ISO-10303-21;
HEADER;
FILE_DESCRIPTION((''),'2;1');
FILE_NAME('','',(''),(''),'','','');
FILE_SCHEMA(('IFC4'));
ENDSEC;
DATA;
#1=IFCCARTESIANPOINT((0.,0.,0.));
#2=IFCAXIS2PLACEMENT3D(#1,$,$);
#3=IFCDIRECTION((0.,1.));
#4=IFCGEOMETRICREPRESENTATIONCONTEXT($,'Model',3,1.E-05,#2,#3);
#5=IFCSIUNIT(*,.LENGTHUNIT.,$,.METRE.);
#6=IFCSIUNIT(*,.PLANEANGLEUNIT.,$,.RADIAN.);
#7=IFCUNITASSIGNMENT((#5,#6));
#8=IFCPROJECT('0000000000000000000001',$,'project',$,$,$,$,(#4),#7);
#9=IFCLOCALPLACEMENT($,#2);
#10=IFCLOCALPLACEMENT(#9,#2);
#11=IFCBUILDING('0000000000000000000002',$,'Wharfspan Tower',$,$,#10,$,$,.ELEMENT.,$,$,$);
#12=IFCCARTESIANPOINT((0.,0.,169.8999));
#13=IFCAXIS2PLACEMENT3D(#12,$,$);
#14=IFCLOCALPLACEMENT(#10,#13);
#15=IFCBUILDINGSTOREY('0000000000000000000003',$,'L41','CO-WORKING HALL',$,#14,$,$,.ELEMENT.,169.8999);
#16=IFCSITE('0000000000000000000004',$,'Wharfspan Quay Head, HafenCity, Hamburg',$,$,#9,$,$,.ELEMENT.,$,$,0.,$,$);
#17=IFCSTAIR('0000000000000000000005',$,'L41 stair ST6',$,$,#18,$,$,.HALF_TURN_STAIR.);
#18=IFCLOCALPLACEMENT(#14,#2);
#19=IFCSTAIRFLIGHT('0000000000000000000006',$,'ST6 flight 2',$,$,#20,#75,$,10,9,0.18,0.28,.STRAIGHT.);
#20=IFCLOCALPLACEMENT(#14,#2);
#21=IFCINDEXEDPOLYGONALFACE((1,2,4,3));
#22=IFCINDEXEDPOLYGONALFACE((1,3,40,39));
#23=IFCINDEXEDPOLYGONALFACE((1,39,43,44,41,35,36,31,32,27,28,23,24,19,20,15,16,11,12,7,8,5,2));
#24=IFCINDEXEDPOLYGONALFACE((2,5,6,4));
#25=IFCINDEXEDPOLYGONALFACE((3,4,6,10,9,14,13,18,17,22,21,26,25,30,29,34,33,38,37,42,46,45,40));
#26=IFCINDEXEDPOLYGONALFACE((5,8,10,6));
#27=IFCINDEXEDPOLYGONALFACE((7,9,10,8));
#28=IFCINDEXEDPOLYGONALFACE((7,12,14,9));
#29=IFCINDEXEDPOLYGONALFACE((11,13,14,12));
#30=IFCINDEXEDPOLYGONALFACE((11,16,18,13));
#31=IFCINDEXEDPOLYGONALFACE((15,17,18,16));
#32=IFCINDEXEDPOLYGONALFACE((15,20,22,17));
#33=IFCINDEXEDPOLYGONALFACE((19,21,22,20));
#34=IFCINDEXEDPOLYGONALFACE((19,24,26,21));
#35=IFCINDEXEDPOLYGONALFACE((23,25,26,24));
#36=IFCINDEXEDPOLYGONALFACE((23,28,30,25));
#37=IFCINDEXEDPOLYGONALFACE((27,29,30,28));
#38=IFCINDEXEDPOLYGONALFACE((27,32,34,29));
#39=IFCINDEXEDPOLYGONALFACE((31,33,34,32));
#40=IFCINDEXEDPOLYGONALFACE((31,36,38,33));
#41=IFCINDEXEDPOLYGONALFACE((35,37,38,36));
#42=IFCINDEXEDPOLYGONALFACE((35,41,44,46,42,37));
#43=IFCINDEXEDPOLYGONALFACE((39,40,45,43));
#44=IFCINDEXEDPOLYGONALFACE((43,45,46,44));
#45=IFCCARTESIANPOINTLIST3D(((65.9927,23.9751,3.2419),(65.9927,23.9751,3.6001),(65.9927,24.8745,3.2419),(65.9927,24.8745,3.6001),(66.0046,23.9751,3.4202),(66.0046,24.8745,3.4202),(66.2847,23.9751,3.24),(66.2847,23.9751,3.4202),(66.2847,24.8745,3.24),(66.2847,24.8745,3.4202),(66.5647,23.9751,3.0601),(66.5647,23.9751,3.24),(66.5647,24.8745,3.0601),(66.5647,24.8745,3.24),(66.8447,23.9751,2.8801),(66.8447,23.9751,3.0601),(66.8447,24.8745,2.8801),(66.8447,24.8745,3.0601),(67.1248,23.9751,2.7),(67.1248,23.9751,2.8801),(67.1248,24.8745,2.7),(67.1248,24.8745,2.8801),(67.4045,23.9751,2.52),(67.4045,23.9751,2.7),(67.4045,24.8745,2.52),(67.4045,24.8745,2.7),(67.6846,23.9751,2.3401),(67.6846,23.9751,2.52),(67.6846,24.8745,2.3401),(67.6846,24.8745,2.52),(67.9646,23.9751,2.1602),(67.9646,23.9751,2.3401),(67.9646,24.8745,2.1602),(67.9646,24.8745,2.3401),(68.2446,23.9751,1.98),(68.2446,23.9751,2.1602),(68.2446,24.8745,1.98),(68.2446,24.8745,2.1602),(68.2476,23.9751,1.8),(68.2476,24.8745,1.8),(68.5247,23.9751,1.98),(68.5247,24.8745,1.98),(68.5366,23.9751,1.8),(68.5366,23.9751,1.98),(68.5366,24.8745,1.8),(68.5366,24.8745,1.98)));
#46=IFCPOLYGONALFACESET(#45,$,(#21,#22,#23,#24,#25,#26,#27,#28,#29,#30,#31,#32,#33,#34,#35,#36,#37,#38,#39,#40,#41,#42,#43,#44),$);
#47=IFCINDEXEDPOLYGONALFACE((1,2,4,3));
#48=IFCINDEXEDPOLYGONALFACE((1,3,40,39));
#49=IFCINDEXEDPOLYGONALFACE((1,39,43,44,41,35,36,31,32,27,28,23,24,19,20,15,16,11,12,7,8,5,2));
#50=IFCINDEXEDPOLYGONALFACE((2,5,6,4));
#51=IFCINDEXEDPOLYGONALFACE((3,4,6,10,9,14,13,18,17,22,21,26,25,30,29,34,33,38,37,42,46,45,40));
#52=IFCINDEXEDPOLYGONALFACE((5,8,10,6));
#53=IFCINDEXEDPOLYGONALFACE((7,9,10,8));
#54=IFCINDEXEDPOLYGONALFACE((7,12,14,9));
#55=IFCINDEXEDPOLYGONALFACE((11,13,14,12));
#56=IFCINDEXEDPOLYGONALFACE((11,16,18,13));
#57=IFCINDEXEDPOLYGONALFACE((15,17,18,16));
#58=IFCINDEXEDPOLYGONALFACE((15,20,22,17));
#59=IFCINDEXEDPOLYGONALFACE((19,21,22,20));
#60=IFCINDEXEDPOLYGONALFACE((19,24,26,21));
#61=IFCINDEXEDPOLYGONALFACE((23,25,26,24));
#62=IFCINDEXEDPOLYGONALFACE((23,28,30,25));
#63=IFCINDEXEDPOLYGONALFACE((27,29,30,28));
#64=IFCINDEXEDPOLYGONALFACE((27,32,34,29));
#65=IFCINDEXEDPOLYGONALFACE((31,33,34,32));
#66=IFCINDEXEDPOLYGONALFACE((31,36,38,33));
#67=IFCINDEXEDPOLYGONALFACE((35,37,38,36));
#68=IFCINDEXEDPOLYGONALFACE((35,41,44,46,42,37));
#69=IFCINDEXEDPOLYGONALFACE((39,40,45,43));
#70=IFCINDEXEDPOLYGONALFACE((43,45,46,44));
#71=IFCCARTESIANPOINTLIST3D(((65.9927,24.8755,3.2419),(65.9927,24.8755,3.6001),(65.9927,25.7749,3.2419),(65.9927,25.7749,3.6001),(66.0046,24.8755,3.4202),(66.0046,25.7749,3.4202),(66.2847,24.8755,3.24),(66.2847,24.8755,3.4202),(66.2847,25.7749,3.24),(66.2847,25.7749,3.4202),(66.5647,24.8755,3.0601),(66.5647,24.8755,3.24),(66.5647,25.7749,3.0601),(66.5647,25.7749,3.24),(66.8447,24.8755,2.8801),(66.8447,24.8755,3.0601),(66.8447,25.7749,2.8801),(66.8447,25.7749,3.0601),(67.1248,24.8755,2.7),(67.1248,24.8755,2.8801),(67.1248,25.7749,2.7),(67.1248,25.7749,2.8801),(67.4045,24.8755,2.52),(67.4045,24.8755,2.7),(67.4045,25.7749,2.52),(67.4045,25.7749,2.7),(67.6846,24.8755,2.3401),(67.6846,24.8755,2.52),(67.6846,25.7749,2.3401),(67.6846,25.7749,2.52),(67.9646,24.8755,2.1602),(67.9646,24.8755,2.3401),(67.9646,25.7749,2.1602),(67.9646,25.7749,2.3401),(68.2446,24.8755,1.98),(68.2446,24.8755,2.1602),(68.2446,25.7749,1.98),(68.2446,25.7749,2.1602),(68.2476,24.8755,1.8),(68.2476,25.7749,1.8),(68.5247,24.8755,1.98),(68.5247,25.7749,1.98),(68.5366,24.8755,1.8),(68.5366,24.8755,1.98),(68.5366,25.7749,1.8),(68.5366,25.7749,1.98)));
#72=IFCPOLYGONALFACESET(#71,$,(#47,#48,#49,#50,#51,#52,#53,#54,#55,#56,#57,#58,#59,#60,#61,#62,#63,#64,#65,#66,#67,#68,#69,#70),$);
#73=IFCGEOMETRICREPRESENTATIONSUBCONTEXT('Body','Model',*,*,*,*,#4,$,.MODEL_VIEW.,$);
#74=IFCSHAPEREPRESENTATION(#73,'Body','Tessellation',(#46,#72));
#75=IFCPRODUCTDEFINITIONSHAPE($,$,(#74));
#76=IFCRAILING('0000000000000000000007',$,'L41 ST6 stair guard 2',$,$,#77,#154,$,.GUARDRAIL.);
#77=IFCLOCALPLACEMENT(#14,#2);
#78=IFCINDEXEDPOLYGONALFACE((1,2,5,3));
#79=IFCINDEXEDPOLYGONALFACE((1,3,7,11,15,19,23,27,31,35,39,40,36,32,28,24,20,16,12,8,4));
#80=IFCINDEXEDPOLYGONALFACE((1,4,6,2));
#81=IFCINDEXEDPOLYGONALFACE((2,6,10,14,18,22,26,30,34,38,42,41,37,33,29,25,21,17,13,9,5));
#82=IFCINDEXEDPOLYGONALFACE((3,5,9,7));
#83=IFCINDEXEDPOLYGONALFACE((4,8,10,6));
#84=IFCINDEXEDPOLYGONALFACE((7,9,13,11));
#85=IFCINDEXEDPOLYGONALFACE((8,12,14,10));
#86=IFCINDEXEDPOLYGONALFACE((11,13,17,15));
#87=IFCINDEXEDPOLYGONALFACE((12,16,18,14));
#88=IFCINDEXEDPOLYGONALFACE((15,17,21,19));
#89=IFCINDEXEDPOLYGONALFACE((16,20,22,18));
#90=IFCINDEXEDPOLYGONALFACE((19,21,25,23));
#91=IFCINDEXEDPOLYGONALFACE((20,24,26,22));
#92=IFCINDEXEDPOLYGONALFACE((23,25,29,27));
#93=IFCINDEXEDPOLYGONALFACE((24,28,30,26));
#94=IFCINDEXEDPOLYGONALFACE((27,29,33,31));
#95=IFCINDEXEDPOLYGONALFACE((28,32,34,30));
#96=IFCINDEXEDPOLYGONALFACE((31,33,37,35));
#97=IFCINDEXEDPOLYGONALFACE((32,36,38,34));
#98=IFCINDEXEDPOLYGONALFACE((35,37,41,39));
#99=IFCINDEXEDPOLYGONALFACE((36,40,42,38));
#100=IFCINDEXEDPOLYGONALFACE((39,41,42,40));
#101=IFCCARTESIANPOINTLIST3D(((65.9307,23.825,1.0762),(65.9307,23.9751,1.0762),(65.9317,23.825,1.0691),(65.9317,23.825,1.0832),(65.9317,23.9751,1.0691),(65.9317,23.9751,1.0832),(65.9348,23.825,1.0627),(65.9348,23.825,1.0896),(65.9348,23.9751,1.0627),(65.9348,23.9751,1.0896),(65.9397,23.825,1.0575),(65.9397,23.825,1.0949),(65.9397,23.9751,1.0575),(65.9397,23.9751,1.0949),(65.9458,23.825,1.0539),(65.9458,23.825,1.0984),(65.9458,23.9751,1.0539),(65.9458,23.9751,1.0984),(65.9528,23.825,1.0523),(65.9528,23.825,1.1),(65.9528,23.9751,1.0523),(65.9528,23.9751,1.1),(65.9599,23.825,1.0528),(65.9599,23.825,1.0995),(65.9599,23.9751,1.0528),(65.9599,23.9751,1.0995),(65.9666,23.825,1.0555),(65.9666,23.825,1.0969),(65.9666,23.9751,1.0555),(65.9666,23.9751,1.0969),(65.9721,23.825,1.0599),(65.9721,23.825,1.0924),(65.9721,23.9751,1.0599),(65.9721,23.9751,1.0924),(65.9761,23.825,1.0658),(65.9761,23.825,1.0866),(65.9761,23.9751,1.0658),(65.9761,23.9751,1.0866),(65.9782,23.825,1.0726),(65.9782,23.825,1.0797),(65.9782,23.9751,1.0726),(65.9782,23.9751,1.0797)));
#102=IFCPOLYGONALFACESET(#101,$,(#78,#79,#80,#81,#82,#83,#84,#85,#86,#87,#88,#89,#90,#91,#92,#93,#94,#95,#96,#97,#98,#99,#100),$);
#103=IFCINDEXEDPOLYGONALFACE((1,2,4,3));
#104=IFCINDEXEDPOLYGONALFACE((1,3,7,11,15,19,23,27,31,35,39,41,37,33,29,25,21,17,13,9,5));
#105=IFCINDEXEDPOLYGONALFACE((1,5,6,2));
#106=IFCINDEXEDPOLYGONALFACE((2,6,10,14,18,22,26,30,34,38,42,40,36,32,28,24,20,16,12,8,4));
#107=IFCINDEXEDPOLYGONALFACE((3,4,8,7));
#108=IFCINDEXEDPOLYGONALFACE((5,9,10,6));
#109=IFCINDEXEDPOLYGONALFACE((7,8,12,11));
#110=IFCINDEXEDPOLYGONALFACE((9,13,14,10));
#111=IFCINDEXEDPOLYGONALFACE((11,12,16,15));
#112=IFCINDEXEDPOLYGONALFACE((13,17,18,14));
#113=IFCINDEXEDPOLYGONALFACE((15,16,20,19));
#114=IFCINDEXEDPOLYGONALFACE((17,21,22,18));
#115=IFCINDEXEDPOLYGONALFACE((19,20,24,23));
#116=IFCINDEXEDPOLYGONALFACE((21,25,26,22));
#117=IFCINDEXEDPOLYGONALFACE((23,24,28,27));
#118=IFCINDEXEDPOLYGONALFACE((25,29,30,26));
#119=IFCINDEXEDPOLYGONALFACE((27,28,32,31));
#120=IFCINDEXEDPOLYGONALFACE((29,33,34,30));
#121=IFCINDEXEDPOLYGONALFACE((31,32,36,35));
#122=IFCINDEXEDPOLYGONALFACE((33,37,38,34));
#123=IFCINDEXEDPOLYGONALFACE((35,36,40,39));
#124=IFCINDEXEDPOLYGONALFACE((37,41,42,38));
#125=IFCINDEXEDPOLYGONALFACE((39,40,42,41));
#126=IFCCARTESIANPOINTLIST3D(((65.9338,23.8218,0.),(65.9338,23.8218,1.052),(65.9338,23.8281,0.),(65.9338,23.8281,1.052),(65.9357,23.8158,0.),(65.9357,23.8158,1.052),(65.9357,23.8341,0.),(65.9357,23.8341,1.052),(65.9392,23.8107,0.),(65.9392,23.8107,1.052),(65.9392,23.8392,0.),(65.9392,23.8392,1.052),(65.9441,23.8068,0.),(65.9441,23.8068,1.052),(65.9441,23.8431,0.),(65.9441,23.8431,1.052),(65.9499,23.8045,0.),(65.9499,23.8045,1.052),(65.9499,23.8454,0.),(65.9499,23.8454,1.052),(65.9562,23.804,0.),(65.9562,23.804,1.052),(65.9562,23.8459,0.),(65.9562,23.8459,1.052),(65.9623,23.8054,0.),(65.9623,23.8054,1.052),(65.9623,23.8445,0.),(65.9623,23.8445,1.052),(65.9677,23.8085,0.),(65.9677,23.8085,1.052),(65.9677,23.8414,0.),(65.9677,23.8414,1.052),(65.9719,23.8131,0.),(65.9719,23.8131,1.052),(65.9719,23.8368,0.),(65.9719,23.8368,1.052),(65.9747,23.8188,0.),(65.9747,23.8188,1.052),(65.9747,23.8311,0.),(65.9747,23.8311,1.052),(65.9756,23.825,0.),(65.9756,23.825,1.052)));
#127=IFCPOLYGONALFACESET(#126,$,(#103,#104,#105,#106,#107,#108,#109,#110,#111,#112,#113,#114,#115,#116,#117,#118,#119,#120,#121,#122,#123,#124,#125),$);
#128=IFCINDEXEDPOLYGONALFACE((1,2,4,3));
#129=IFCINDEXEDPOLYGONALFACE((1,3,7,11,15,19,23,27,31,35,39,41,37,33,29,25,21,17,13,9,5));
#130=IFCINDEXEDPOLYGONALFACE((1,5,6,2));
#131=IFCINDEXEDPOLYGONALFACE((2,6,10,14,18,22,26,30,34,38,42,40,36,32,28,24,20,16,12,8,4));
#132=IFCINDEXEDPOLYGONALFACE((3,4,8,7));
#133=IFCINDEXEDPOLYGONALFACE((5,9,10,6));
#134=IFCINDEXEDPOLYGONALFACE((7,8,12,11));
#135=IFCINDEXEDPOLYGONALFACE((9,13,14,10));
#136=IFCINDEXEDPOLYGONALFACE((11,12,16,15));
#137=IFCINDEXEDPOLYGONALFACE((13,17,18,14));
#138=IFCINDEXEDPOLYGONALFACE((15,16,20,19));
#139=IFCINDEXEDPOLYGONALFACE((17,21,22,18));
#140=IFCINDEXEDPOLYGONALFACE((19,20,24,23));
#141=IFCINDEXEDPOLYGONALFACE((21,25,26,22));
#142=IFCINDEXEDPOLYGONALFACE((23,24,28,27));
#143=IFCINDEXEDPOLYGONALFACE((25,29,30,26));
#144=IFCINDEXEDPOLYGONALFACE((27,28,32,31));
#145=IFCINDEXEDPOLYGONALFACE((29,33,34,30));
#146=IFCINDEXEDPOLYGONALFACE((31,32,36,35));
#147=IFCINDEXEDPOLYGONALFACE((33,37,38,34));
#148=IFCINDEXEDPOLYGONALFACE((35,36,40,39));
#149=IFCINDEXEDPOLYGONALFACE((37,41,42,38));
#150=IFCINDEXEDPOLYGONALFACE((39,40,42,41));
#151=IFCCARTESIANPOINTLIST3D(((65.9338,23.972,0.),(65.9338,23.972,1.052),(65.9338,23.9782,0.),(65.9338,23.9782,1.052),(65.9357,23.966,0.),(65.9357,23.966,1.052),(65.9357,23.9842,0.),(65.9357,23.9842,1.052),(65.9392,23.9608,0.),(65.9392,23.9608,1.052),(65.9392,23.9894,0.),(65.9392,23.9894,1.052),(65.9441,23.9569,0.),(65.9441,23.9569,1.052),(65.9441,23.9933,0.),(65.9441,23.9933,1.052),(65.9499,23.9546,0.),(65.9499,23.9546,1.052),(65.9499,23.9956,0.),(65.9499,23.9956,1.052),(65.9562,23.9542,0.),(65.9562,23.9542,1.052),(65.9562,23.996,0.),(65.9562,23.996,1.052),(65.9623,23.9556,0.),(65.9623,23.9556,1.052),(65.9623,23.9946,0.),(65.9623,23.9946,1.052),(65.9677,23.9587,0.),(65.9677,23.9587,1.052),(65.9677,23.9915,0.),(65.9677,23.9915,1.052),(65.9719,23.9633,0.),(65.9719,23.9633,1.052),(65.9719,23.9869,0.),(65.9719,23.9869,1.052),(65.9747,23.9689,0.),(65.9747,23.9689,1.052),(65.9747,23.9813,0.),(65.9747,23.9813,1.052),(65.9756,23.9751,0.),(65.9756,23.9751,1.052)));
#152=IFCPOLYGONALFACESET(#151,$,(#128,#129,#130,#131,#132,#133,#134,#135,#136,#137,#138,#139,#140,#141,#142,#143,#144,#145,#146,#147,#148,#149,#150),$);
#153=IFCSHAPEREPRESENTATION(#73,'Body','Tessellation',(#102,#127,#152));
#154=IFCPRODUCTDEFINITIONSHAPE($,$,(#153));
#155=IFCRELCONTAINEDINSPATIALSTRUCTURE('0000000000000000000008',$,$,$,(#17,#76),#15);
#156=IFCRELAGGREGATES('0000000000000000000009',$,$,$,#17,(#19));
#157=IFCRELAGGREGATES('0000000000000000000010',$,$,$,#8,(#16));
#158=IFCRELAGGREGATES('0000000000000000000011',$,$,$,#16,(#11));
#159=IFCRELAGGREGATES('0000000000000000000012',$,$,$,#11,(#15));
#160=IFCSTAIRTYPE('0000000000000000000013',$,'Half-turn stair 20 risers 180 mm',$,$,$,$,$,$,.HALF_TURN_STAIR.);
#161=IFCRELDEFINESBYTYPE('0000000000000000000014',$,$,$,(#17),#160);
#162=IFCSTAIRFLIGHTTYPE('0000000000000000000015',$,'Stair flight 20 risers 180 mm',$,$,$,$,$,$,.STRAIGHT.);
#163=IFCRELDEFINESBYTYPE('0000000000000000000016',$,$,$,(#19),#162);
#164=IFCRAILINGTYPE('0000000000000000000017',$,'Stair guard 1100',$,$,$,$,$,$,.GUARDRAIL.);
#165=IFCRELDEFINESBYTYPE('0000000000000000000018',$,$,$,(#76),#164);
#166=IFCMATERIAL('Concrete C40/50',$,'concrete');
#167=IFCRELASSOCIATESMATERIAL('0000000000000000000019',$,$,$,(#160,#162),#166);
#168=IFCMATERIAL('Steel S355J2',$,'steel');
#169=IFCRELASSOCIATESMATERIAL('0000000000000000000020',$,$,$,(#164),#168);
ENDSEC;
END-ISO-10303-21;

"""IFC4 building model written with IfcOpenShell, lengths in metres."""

from ifc_helpers import new_model, si_unit, direction, frame, origin, origin_2d, place, context, subcontext, project, spatial, polyline, circle, outline, extrude, material, type_object, element, aggregate, save


model = new_model("IFC4")

# Units and contexts
model_context = context("Model", 3, precision=1e-05, world=origin(), true_north=direction((0.0, 1.0)))
body_context = subcontext(model_context, "Body", "Model", "MODEL_VIEW")
ifc_project = project(units=[si_unit("LENGTHUNIT", "METRE"), si_unit("PLANEANGLEUNIT", "RADIAN")], contexts=[model_context])

# Site, building, storey
site_placement = place(None, origin())
site = spatial("IfcSite", under=ifc_project, at=site_placement, Name="Wharfspan Quay Head, HafenCity, Hamburg", CompositionType="ELEMENT", RefElevation=0.0)
building_placement = place(site_placement, origin())
building = spatial("IfcBuilding", under=site, at=building_placement, Name="Wharfspan Tower", CompositionType="ELEMENT")
storey_placement = place(building_placement, frame((0.0, 0.0, 169.8999)))
storey = spatial("IfcBuildingStorey", under=building, at=storey_placement, Name="L41", Description="CO-WORKING HALL", CompositionType="ELEMENT", Elevation=169.8999)

# Shared definitions
ifc_material_1 = material(Name="Concrete C40/50", Category="concrete")

# Stair, stair flight
stair_type = type_object("IfcStairType", Name="Half-turn stair 20 risers 180 mm", PredefinedType="HALF_TURN_STAIR", material=ifc_material_1)
stair_placement = place(storey_placement, origin())
stair = element("IfcStair", 1, at=stair_placement, inside=storey, type_object=stair_type, Name="L41 stair ST6", PredefinedType="HALF_TURN_STAIR")
stair_flight_type = type_object("IfcStairFlightType", Name="Stair flight 20 risers 180 mm", PredefinedType="STRAIGHT", material=ifc_material_1)
stair_flight_1_placement = place(storey_placement, frame((68.5247, 24.875, 1.8), z_axis=(0.0, 0.0, 1.0), x_axis=(-1.0, 0.0, 0.0)))
stair_flight_1 = element("IfcStairFlight", 2, at=stair_flight_1_placement, type_object=stair_flight_type, Name="ST6 flight 2", NumberOfRisers=10, NumberOfTreads=9, PredefinedType="STRAIGHT", RiserHeight=0.18, TreadLength=0.28, context=body_context, shape_type="SweptSolid", body=[
    extrude(outline(polyline([(-0.012, 0.0), (-0.012, 0.1799), (0.0, 0.1799), (0.28, 0.1799), (0.28, 0.3601), (0.5601, 0.3601), (0.5601, 0.54), (0.8401, 0.54), (0.8401, 0.72), (1.1201, 0.72), (1.1201, 0.8999), (1.3999, 0.8999), (1.3999, 1.0801), (1.6799, 1.0801), (1.6799, 1.26), (1.96, 1.26), (1.96, 1.4399), (2.24, 1.4399), (2.24, 1.6201), (2.52, 1.6201), (2.532, 1.8), (2.532, 1.4419), (0.2771, 0.0), (-0.012, 0.0)])), frame((0.0, 0.8999, 0.0), z_axis=(0.0, -1.0, 0.0), x_axis=(1.0, 0.0, 0.0)), (0.0, 0.0, 1.0), 0.8994),
    extrude(outline(polyline([(-0.012, 0.0), (-0.012, 0.1799), (0.0, 0.1799), (0.28, 0.1799), (0.28, 0.3601), (0.5601, 0.3601), (0.5601, 0.54), (0.8401, 0.54), (0.8401, 0.72), (1.1201, 0.72), (1.1201, 0.8999), (1.3999, 0.8999), (1.3999, 1.0801), (1.6799, 1.0801), (1.6799, 1.26), (1.96, 1.26), (1.96, 1.4399), (2.24, 1.4399), (2.24, 1.6201), (2.52, 1.6201), (2.532, 1.8), (2.532, 1.4419), (0.2771, 0.0), (-0.012, 0.0)])), frame((0.0, -0.0005, 0.0), z_axis=(0.0, -1.0, 0.0), x_axis=(1.0, 0.0, 0.0)), (0.0, 0.0, 1.0), 0.8994),
])
aggregate(stair, [stair_flight_1])

# Railing
ifc_material_2 = material(Name="Steel S355J2", Category="steel")
railing_type_1 = type_object("IfcRailingType", Name="Stair guard 1100", PredefinedType="GUARDRAIL", material=ifc_material_2)
railing_1_placement = place(storey_placement, frame((65.9546, 23.825, 0.0)))
element("IfcRailing", 3, at=railing_1_placement, inside=storey, type_object=railing_type_1, Name="L41 ST6 stair guard 2", PredefinedType="GUARDRAIL", context=body_context, shape_type="SweptSolid", body=[
    extrude(circle(Radius=0.0239, at=origin_2d()), frame((0.0, 0.0, 1.0762), z_axis=(0.0, 1.0, 0.0), x_axis=(-1.0, 0.0, 0.0)), (0.0, 0.0, 1.0), 0.1501),
    extrude(circle(Radius=0.021, at=origin_2d()), origin(), (0.0, 0.0, 1.0), 1.052),
    extrude(circle(Radius=0.021, at=origin_2d()), frame((0.0, 0.1501, 0.0)), (0.0, 0.0, 1.0), 1.052),
])

save(model, "model.ifc")
